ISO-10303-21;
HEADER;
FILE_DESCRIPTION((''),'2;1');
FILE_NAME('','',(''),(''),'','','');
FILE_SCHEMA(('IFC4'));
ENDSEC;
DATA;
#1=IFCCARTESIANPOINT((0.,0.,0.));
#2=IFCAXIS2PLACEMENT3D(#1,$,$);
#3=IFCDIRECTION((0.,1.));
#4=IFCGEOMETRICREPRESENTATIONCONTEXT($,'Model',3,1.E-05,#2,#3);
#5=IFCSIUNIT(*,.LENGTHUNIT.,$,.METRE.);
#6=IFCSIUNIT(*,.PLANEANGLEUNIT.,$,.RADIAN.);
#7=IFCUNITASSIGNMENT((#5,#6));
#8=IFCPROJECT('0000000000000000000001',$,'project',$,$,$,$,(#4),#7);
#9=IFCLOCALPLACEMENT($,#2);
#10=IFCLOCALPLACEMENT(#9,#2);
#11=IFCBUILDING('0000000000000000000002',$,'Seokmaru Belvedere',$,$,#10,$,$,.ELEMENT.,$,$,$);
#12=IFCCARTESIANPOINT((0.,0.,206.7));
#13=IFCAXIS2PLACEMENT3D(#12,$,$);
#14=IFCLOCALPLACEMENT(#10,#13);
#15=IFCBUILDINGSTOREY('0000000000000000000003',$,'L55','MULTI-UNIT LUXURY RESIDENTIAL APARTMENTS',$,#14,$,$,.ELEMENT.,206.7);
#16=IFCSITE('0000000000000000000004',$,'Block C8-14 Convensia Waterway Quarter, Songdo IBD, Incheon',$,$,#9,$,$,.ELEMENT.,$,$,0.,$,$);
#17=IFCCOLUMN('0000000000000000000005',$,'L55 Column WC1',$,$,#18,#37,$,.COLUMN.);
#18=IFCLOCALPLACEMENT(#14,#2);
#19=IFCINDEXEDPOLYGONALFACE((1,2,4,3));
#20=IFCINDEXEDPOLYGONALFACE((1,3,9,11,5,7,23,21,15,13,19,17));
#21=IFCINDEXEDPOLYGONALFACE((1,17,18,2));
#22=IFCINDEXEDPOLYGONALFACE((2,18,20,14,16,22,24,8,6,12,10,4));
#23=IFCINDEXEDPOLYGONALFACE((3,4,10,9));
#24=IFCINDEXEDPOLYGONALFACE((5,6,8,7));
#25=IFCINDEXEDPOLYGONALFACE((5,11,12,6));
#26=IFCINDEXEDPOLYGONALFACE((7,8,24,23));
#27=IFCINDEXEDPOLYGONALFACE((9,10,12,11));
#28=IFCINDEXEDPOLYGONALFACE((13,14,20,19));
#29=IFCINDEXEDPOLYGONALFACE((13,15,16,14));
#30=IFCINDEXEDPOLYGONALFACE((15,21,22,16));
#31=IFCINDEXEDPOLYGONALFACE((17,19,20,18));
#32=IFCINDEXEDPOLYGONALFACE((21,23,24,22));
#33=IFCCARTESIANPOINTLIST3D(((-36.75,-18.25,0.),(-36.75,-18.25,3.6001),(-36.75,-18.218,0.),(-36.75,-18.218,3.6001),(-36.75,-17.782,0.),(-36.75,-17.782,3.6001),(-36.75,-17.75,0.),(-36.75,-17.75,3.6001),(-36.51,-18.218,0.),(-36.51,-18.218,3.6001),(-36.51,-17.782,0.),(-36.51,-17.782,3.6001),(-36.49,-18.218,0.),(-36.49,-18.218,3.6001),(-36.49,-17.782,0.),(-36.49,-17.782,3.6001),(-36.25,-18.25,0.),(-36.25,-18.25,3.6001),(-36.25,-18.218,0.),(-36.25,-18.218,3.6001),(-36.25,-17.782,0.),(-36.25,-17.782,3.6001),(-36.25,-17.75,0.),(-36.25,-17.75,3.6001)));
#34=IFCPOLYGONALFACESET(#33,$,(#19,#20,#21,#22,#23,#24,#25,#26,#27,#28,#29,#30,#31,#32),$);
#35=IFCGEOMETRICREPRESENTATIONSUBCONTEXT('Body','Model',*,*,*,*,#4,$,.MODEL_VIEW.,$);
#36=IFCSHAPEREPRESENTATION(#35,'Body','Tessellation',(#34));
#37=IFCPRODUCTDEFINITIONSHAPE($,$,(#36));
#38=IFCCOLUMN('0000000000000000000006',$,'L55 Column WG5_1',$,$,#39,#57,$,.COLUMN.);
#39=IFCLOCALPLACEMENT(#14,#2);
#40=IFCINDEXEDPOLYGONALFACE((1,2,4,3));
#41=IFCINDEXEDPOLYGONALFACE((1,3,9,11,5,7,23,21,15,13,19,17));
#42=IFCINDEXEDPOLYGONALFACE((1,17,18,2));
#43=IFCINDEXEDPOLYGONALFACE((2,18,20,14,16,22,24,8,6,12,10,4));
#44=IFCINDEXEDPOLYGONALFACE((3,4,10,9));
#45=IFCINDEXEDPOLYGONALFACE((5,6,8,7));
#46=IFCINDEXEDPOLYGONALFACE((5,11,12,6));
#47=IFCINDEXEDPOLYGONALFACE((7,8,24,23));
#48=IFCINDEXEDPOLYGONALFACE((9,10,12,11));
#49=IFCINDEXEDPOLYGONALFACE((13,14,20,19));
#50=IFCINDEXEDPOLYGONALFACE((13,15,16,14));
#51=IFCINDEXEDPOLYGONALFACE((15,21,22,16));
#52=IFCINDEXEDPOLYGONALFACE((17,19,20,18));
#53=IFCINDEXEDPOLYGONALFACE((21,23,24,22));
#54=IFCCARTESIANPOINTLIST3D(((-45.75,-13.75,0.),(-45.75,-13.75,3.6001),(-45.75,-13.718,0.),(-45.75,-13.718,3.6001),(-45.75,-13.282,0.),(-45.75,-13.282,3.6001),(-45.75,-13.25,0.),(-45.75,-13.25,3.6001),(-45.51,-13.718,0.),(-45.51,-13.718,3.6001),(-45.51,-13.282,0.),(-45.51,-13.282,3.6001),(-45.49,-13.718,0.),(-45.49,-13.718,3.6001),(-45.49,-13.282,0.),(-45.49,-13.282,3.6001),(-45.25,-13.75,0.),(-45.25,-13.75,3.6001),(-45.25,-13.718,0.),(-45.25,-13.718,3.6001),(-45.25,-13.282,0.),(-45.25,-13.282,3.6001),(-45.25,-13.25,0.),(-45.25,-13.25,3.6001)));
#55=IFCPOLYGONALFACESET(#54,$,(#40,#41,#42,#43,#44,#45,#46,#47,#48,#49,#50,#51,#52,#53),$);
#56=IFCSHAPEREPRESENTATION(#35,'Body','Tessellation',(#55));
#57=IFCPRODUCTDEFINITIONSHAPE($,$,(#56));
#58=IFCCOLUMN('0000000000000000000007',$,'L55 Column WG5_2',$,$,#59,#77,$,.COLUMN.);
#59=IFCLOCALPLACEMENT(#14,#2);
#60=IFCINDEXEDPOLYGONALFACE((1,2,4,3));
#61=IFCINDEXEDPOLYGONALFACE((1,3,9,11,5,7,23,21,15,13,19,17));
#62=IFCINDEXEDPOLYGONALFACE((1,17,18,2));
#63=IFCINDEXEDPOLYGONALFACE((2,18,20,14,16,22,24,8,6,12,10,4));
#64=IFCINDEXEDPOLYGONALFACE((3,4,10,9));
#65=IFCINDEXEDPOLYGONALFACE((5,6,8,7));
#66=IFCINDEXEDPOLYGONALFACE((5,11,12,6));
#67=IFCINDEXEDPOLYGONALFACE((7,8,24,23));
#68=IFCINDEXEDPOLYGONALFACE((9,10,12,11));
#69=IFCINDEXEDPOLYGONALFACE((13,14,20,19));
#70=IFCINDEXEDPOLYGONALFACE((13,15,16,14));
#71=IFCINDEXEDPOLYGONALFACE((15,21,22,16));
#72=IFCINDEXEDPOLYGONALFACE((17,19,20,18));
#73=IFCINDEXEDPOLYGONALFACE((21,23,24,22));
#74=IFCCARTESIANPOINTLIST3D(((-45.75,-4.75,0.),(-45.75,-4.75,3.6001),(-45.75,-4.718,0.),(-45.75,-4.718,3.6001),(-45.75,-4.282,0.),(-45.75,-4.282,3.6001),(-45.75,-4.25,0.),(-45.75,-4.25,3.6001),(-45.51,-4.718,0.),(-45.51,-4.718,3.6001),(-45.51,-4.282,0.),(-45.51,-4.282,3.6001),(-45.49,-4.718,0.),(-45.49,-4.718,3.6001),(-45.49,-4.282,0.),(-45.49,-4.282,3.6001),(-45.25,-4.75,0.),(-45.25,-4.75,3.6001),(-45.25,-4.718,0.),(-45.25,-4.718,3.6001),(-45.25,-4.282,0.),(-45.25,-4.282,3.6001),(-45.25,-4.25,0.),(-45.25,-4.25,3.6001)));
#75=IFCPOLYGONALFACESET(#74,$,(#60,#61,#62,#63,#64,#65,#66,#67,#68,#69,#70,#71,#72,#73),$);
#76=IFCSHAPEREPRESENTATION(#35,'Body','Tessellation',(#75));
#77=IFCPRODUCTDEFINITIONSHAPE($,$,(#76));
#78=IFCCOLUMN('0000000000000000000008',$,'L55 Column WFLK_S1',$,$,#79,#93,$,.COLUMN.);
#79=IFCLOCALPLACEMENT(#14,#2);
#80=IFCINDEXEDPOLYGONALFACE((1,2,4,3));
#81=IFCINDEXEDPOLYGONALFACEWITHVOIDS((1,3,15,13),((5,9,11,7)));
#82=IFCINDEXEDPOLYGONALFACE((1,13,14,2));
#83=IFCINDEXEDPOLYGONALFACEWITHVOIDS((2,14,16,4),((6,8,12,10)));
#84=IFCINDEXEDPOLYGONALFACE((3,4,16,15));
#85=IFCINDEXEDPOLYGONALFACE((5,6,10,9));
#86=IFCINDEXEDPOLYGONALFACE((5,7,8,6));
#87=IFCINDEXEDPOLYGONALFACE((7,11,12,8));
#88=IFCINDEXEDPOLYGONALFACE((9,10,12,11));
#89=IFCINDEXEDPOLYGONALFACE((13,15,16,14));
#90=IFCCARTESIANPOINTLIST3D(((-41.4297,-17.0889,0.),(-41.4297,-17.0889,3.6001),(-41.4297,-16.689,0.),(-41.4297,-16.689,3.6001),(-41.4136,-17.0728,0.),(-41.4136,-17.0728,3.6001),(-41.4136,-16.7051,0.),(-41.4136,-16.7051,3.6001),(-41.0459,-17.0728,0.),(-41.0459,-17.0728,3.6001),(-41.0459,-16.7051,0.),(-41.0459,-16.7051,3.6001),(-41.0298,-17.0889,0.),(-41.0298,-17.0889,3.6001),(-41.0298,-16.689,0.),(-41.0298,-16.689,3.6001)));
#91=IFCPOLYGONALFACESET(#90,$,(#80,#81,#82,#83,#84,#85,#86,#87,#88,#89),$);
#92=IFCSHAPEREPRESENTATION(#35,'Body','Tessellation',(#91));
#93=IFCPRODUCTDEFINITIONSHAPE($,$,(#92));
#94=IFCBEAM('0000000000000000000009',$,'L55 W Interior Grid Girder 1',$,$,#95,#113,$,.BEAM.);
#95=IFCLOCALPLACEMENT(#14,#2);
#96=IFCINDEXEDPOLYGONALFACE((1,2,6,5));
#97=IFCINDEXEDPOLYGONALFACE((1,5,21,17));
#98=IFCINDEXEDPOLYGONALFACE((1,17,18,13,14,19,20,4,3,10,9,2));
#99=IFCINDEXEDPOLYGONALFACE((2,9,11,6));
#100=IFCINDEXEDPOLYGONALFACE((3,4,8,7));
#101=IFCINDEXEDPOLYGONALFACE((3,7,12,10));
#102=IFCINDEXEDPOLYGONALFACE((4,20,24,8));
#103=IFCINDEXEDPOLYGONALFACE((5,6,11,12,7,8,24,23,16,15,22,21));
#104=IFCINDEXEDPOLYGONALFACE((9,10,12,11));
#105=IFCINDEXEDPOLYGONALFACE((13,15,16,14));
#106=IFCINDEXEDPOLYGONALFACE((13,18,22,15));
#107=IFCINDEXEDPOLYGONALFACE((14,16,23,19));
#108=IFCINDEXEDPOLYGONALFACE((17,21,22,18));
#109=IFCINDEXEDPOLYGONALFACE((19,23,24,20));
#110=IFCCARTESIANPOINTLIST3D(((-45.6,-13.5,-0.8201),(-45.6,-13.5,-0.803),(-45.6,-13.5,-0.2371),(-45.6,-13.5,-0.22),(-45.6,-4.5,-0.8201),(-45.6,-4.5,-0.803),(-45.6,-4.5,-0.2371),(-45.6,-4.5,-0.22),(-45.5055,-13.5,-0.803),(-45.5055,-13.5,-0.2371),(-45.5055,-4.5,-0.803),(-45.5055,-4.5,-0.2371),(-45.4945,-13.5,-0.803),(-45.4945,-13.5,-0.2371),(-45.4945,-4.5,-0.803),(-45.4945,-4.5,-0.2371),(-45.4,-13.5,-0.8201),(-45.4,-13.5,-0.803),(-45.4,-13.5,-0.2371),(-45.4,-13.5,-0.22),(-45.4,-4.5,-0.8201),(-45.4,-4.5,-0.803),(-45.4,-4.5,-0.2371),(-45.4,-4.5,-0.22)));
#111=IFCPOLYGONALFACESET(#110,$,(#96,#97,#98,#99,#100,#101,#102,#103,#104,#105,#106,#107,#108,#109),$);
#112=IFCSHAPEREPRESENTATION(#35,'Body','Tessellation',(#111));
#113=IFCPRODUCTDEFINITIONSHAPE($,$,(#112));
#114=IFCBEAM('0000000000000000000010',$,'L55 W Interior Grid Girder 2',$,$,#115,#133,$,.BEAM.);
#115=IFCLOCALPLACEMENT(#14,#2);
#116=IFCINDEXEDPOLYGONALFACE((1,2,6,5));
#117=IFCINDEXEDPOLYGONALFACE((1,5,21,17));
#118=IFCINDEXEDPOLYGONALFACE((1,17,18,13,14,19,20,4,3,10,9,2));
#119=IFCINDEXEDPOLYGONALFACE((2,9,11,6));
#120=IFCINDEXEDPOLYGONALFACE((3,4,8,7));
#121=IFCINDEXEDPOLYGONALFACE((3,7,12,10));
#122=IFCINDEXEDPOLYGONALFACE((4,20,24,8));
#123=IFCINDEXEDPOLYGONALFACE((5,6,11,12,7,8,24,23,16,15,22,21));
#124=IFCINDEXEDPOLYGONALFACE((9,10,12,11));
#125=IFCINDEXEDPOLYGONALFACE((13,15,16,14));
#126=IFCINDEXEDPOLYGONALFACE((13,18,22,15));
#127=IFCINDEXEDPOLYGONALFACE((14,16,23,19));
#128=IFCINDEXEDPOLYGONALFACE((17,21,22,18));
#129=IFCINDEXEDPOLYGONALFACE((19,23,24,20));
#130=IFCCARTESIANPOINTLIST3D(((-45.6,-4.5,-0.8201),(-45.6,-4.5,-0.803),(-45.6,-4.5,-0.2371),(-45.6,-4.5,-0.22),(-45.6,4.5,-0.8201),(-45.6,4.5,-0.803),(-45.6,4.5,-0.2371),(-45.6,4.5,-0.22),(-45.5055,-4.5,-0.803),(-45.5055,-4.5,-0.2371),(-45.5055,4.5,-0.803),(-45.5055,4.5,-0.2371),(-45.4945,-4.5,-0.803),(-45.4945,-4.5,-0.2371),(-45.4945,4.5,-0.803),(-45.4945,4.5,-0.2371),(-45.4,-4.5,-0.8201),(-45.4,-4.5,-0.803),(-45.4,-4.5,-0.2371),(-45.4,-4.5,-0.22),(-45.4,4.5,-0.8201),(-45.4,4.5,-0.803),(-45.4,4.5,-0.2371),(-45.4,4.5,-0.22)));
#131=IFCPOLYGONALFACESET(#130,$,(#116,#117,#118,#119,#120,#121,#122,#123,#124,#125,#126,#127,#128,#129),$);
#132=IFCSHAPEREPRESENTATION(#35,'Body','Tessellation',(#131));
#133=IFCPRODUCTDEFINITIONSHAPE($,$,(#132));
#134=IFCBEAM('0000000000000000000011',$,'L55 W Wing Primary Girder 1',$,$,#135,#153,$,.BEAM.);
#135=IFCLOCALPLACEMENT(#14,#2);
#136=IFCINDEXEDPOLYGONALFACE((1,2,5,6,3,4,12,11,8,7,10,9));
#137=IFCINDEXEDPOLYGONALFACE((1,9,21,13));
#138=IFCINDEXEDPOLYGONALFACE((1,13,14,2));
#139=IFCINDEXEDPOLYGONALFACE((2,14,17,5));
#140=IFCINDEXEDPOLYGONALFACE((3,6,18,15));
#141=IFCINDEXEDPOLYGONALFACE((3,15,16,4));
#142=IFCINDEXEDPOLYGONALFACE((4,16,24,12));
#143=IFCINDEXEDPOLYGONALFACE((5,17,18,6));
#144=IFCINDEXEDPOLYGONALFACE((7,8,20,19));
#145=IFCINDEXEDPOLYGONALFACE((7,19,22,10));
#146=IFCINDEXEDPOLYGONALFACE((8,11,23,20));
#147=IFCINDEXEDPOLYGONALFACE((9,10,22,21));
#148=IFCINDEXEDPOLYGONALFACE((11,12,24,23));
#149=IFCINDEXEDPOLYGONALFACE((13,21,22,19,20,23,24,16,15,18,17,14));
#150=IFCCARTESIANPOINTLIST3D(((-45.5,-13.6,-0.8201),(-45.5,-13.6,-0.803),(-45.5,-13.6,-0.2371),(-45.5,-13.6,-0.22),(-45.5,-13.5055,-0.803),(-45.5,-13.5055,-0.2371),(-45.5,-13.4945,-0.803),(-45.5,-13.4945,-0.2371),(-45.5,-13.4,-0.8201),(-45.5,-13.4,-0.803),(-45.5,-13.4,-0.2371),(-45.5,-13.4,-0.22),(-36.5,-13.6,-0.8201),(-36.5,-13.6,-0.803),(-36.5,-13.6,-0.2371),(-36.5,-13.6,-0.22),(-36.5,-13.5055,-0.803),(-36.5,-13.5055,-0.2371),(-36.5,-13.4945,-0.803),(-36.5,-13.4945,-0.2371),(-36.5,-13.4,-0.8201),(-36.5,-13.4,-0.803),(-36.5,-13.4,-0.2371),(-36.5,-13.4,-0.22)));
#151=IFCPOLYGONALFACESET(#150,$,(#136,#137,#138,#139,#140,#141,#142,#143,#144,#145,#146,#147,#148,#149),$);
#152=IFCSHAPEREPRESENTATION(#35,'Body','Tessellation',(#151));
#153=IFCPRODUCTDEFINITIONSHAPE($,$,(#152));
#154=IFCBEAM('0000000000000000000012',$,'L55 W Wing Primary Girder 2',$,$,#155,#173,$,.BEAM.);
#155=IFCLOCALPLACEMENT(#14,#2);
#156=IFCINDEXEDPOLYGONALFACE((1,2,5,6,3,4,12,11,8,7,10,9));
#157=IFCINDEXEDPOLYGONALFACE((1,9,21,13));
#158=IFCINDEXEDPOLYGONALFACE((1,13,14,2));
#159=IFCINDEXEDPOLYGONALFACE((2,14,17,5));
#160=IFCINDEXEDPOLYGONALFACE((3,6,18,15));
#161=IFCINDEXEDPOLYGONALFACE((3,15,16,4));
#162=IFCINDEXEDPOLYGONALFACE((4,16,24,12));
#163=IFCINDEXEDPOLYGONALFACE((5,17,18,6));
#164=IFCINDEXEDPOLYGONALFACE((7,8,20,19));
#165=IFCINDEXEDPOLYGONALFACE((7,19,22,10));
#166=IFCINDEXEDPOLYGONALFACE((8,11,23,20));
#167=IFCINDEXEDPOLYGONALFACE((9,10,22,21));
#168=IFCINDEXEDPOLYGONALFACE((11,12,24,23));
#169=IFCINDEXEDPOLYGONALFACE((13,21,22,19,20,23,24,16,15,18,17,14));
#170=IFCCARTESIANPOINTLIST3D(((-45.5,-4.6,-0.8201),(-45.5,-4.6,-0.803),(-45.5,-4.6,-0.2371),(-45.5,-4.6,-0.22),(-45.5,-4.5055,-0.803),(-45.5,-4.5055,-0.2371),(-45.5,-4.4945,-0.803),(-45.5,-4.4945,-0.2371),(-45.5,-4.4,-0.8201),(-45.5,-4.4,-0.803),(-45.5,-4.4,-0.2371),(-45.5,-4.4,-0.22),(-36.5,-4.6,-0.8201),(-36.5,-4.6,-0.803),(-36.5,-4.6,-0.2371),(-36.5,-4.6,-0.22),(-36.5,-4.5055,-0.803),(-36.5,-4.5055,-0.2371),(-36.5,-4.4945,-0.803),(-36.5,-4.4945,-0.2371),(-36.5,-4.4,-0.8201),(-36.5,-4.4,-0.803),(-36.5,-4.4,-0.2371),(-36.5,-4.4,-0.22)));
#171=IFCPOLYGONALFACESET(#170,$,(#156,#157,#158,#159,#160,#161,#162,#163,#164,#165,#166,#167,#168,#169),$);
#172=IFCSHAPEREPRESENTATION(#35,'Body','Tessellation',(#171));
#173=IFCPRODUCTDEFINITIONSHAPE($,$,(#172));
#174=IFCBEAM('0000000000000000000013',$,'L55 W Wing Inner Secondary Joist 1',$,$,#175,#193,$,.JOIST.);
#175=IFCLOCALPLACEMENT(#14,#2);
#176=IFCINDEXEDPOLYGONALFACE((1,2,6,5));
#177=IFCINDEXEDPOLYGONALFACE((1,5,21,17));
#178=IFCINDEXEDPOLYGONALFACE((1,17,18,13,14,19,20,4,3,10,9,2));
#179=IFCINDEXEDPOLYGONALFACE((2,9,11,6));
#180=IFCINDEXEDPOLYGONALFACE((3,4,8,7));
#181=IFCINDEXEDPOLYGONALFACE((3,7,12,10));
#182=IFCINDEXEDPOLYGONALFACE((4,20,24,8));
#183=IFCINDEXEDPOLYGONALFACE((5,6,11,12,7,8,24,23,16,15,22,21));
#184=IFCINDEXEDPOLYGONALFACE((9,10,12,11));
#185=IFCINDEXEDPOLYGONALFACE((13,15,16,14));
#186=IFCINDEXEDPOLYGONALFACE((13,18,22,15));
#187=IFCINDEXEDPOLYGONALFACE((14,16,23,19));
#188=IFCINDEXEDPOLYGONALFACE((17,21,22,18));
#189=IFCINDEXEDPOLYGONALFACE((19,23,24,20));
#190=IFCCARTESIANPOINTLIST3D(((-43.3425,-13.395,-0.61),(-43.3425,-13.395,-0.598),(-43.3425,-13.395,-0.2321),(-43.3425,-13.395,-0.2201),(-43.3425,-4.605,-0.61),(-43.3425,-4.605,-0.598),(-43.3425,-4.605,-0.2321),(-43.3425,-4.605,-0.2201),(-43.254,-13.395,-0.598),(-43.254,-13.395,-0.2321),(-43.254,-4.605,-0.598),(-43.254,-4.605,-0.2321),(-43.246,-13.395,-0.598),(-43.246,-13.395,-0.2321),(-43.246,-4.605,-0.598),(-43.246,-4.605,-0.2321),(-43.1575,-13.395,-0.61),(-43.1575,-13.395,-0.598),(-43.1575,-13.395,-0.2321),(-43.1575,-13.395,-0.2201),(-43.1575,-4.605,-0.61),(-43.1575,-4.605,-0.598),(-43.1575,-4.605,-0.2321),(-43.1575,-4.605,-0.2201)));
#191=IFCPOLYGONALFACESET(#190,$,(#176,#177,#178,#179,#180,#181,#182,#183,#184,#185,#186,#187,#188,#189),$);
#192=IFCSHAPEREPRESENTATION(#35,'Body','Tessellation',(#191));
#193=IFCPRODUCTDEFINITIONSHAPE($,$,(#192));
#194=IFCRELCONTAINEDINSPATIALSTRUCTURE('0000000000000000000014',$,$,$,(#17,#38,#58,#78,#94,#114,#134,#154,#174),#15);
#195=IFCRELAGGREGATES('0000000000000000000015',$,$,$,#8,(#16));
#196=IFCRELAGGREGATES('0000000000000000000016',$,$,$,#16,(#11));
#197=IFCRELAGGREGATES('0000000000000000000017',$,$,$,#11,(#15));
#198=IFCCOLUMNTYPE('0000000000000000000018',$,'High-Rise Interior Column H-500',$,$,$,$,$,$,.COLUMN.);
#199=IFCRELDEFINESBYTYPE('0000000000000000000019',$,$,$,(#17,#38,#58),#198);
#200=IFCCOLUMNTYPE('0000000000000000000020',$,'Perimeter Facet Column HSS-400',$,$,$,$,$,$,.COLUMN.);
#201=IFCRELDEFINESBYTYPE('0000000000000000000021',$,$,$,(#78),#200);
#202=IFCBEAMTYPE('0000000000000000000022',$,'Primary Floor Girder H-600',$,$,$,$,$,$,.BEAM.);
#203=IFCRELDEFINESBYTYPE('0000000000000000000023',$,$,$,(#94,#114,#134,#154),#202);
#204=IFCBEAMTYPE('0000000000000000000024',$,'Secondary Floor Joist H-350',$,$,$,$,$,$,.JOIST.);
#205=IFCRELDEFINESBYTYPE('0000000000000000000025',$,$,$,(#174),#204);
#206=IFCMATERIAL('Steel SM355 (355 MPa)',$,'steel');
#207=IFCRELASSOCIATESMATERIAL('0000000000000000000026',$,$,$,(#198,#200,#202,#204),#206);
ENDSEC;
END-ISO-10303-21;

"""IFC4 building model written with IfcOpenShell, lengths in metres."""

from ifc_helpers import new_model, si_unit, direction, frame, origin, origin_2d, place, context, subcontext, project, spatial, hollow_rectangle, i_section, extrude, source, transform, mapped, material, material_profile, profile_set, type_object, type_shapes, element, save


model = new_model("IFC4")

# Units and contexts
model_context = context("Model", 3, precision=1e-05, world=origin(), true_north=direction((0.0, 1.0)))
body_context = subcontext(model_context, "Body", "Model", "MODEL_VIEW")
ifc_project = project(units=[si_unit("LENGTHUNIT", "METRE"), si_unit("PLANEANGLEUNIT", "RADIAN")], contexts=[model_context])

# Site, building, storey
site_placement = place(None, origin())
site = spatial("IfcSite", under=ifc_project, at=site_placement, Name="Block C8-14 Convensia Waterway Quarter, Songdo IBD, Incheon", CompositionType="ELEMENT", RefElevation=0.0)
building_placement = place(site_placement, origin())
building = spatial("IfcBuilding", under=site, at=building_placement, Name="Seokmaru Belvedere", CompositionType="ELEMENT")
storey_placement = place(building_placement, frame((0.0, 0.0, 206.7)))
storey = spatial("IfcBuildingStorey", under=building, at=storey_placement, Name="L55", Description="MULTI-UNIT LUXURY RESIDENTIAL APARTMENTS", CompositionType="ELEMENT", Elevation=206.7)

# Columns
ifc_material_1 = material(Name="Steel SM355 (355 MPa)", Category="steel")
ifc_material_profile_1 = material_profile(ifc_material_1, i_section(OverallWidth=0.5, OverallDepth=0.5, WebThickness=0.02, FlangeThickness=0.032, at=origin_2d()), Name="H-500x500x20x32")
ifc_profile_set_1 = profile_set([ifc_material_profile_1], Name="Steel SM355 (355 MPa)")
column_type_1 = type_object("IfcColumnType", Name="High-Rise Interior Column H-500", PredefinedType="COLUMN", material=ifc_profile_set_1)
shared_shape_1 = source(origin(), body_context, "Body", "SweptSolid", [
    extrude(i_section(OverallWidth=0.5, OverallDepth=0.5, WebThickness=0.02, FlangeThickness=0.032, at=origin_2d()), origin(), (0.0, 0.0, 1.0), 3.6001),
])
type_shapes(column_type_1, [shared_shape_1])
for number, where, z_axis, x_axis, name in (
    (1, (-36.5, -18.0, 0.0), (0.0, 0.0, 1.0), (1.0, 0.0, 0.0), "L55 Column WC1"),
    (2, (-45.5, -13.5, 0.0), (0.0, 0.0, 1.0), (1.0, 0.0, 0.0), "L55 Column WG5_1"),
    (3, (-45.5, -4.5, 0.0), (0.0, 0.0, 1.0), (1.0, 0.0, 0.0), "L55 Column WG5_2"),
):
    element("IfcColumn", number, at=place(storey_placement, frame(where, z_axis=z_axis, x_axis=x_axis)), inside=storey, type_object=column_type_1, Name=name, PredefinedType="COLUMN", context=body_context, shape_type="MappedRepresentation", body=[
        mapped(shared_shape_1, transform((0.0, 0.0, 0.0), scale=1.0)),
    ])
ifc_material_profile_2 = material_profile(ifc_material_1, hollow_rectangle(XDim=0.3999, YDim=0.3999, WallThickness=0.0161, at=origin_2d()), Name="HSS-400x400x16")
ifc_profile_set_2 = profile_set([ifc_material_profile_2], Name="Steel SM355 (355 MPa)")
column_type_2 = type_object("IfcColumnType", Name="Perimeter Facet Column HSS-400", PredefinedType="COLUMN", material=ifc_profile_set_2)
shared_shape_2 = source(origin(), body_context, "Body", "SweptSolid", [
    extrude(hollow_rectangle(XDim=0.3999, YDim=0.3999, WallThickness=0.0161, at=origin_2d()), origin(), (0.0, 0.0, 1.0), 3.6001),
])
type_shapes(column_type_2, [shared_shape_2])
column_placement = place(storey_placement, frame((-41.2297, -16.8889, 0.0), z_axis=(0.0, 0.0, 1.0), x_axis=(1.0, 0.0, 0.0)))
element("IfcColumn", 4, at=column_placement, inside=storey, type_object=column_type_2, Name="L55 Column WFLK_S1", PredefinedType="COLUMN", context=body_context, shape_type="MappedRepresentation", body=[
    mapped(shared_shape_2, transform((0.0, 0.0, 0.0), scale=1.0)),
])

# Beams
ifc_material_profile_3 = material_profile(ifc_material_1, i_section(OverallWidth=0.2, OverallDepth=0.6001, WebThickness=0.011, FlangeThickness=0.0171, at=origin_2d()), Name="H-600x200x11x17")
ifc_profile_set_3 = profile_set([ifc_material_profile_3], Name="Steel SM355 (355 MPa)")
beam_type_1 = type_object("IfcBeamType", Name="Primary Floor Girder H-600", PredefinedType="BEAM", material=ifc_profile_set_3)
shared_shape_3 = source(origin(), body_context, "Body", "SweptSolid", [
    extrude(i_section(OverallWidth=0.2, OverallDepth=0.6001, WebThickness=0.011, FlangeThickness=0.0171, at=origin_2d()), origin(), (0.0, 0.0, 1.0), 9.0),
])
for number, where, z_axis, x_axis, name in (
    (5, (-45.5, -13.5, -0.52), (0.0, 1.0, 0.0), (-1.0, 0.0, 0.0), "L55 W Interior Grid Girder 1"),
    (6, (-45.5, -4.5, -0.52), (0.0, 1.0, 0.0), (-1.0, 0.0, 0.0), "L55 W Interior Grid Girder 2"),
    (7, (-45.5, -13.5, -0.52), (1.0, 0.0, 0.0), (0.0, 1.0, 0.0), "L55 W Wing Primary Girder 1"),
    (8, (-45.5, -4.5, -0.52), (1.0, 0.0, 0.0), (0.0, 1.0, 0.0), "L55 W Wing Primary Girder 2"),
):
    element("IfcBeam", number, at=place(storey_placement, frame(where, z_axis=z_axis, x_axis=x_axis)), inside=storey, type_object=beam_type_1, Name=name, PredefinedType="BEAM", context=body_context, shape_type="MappedRepresentation", body=[
        mapped(shared_shape_3, transform((0.0, 0.0, 0.0), scale=1.0)),
    ])
ifc_material_profile_4 = material_profile(ifc_material_1, i_section(OverallWidth=0.1851, OverallDepth=0.3899, WebThickness=0.0081, FlangeThickness=0.012, at=origin_2d()), Name="H-390x185x8x12")
ifc_profile_set_4 = profile_set([ifc_material_profile_4], Name="Steel SM355 (355 MPa)")
beam_type_2 = type_object("IfcBeamType", Name="Secondary Floor Joist H-350", PredefinedType="JOIST", material=ifc_profile_set_4)
shared_shape_4 = source(origin(), body_context, "Body", "SweptSolid", [
    extrude(i_section(OverallWidth=0.1851, OverallDepth=0.3899, WebThickness=0.0081, FlangeThickness=0.012, at=origin_2d()), origin(), (0.0, 0.0, 1.0), 8.79),
])
type_shapes(beam_type_2, [shared_shape_4])
for number, where, z_axis, x_axis, name in (
    (9, (-43.25, -13.395, -0.415), (0.0, 1.0, 0.0), (-1.0, 0.0, 0.0), "L55 W Wing Inner Secondary Joist 1"),
):
    element("IfcBeam", number, at=place(storey_placement, frame(where, z_axis=z_axis, x_axis=x_axis)), inside=storey, type_object=beam_type_2, Name=name, PredefinedType="JOIST", context=body_context, shape_type="MappedRepresentation", body=[
        mapped(shared_shape_4, transform((0.0, 0.0, 0.0), scale=1.0)),
    ])

save(model, "model.ifc")
